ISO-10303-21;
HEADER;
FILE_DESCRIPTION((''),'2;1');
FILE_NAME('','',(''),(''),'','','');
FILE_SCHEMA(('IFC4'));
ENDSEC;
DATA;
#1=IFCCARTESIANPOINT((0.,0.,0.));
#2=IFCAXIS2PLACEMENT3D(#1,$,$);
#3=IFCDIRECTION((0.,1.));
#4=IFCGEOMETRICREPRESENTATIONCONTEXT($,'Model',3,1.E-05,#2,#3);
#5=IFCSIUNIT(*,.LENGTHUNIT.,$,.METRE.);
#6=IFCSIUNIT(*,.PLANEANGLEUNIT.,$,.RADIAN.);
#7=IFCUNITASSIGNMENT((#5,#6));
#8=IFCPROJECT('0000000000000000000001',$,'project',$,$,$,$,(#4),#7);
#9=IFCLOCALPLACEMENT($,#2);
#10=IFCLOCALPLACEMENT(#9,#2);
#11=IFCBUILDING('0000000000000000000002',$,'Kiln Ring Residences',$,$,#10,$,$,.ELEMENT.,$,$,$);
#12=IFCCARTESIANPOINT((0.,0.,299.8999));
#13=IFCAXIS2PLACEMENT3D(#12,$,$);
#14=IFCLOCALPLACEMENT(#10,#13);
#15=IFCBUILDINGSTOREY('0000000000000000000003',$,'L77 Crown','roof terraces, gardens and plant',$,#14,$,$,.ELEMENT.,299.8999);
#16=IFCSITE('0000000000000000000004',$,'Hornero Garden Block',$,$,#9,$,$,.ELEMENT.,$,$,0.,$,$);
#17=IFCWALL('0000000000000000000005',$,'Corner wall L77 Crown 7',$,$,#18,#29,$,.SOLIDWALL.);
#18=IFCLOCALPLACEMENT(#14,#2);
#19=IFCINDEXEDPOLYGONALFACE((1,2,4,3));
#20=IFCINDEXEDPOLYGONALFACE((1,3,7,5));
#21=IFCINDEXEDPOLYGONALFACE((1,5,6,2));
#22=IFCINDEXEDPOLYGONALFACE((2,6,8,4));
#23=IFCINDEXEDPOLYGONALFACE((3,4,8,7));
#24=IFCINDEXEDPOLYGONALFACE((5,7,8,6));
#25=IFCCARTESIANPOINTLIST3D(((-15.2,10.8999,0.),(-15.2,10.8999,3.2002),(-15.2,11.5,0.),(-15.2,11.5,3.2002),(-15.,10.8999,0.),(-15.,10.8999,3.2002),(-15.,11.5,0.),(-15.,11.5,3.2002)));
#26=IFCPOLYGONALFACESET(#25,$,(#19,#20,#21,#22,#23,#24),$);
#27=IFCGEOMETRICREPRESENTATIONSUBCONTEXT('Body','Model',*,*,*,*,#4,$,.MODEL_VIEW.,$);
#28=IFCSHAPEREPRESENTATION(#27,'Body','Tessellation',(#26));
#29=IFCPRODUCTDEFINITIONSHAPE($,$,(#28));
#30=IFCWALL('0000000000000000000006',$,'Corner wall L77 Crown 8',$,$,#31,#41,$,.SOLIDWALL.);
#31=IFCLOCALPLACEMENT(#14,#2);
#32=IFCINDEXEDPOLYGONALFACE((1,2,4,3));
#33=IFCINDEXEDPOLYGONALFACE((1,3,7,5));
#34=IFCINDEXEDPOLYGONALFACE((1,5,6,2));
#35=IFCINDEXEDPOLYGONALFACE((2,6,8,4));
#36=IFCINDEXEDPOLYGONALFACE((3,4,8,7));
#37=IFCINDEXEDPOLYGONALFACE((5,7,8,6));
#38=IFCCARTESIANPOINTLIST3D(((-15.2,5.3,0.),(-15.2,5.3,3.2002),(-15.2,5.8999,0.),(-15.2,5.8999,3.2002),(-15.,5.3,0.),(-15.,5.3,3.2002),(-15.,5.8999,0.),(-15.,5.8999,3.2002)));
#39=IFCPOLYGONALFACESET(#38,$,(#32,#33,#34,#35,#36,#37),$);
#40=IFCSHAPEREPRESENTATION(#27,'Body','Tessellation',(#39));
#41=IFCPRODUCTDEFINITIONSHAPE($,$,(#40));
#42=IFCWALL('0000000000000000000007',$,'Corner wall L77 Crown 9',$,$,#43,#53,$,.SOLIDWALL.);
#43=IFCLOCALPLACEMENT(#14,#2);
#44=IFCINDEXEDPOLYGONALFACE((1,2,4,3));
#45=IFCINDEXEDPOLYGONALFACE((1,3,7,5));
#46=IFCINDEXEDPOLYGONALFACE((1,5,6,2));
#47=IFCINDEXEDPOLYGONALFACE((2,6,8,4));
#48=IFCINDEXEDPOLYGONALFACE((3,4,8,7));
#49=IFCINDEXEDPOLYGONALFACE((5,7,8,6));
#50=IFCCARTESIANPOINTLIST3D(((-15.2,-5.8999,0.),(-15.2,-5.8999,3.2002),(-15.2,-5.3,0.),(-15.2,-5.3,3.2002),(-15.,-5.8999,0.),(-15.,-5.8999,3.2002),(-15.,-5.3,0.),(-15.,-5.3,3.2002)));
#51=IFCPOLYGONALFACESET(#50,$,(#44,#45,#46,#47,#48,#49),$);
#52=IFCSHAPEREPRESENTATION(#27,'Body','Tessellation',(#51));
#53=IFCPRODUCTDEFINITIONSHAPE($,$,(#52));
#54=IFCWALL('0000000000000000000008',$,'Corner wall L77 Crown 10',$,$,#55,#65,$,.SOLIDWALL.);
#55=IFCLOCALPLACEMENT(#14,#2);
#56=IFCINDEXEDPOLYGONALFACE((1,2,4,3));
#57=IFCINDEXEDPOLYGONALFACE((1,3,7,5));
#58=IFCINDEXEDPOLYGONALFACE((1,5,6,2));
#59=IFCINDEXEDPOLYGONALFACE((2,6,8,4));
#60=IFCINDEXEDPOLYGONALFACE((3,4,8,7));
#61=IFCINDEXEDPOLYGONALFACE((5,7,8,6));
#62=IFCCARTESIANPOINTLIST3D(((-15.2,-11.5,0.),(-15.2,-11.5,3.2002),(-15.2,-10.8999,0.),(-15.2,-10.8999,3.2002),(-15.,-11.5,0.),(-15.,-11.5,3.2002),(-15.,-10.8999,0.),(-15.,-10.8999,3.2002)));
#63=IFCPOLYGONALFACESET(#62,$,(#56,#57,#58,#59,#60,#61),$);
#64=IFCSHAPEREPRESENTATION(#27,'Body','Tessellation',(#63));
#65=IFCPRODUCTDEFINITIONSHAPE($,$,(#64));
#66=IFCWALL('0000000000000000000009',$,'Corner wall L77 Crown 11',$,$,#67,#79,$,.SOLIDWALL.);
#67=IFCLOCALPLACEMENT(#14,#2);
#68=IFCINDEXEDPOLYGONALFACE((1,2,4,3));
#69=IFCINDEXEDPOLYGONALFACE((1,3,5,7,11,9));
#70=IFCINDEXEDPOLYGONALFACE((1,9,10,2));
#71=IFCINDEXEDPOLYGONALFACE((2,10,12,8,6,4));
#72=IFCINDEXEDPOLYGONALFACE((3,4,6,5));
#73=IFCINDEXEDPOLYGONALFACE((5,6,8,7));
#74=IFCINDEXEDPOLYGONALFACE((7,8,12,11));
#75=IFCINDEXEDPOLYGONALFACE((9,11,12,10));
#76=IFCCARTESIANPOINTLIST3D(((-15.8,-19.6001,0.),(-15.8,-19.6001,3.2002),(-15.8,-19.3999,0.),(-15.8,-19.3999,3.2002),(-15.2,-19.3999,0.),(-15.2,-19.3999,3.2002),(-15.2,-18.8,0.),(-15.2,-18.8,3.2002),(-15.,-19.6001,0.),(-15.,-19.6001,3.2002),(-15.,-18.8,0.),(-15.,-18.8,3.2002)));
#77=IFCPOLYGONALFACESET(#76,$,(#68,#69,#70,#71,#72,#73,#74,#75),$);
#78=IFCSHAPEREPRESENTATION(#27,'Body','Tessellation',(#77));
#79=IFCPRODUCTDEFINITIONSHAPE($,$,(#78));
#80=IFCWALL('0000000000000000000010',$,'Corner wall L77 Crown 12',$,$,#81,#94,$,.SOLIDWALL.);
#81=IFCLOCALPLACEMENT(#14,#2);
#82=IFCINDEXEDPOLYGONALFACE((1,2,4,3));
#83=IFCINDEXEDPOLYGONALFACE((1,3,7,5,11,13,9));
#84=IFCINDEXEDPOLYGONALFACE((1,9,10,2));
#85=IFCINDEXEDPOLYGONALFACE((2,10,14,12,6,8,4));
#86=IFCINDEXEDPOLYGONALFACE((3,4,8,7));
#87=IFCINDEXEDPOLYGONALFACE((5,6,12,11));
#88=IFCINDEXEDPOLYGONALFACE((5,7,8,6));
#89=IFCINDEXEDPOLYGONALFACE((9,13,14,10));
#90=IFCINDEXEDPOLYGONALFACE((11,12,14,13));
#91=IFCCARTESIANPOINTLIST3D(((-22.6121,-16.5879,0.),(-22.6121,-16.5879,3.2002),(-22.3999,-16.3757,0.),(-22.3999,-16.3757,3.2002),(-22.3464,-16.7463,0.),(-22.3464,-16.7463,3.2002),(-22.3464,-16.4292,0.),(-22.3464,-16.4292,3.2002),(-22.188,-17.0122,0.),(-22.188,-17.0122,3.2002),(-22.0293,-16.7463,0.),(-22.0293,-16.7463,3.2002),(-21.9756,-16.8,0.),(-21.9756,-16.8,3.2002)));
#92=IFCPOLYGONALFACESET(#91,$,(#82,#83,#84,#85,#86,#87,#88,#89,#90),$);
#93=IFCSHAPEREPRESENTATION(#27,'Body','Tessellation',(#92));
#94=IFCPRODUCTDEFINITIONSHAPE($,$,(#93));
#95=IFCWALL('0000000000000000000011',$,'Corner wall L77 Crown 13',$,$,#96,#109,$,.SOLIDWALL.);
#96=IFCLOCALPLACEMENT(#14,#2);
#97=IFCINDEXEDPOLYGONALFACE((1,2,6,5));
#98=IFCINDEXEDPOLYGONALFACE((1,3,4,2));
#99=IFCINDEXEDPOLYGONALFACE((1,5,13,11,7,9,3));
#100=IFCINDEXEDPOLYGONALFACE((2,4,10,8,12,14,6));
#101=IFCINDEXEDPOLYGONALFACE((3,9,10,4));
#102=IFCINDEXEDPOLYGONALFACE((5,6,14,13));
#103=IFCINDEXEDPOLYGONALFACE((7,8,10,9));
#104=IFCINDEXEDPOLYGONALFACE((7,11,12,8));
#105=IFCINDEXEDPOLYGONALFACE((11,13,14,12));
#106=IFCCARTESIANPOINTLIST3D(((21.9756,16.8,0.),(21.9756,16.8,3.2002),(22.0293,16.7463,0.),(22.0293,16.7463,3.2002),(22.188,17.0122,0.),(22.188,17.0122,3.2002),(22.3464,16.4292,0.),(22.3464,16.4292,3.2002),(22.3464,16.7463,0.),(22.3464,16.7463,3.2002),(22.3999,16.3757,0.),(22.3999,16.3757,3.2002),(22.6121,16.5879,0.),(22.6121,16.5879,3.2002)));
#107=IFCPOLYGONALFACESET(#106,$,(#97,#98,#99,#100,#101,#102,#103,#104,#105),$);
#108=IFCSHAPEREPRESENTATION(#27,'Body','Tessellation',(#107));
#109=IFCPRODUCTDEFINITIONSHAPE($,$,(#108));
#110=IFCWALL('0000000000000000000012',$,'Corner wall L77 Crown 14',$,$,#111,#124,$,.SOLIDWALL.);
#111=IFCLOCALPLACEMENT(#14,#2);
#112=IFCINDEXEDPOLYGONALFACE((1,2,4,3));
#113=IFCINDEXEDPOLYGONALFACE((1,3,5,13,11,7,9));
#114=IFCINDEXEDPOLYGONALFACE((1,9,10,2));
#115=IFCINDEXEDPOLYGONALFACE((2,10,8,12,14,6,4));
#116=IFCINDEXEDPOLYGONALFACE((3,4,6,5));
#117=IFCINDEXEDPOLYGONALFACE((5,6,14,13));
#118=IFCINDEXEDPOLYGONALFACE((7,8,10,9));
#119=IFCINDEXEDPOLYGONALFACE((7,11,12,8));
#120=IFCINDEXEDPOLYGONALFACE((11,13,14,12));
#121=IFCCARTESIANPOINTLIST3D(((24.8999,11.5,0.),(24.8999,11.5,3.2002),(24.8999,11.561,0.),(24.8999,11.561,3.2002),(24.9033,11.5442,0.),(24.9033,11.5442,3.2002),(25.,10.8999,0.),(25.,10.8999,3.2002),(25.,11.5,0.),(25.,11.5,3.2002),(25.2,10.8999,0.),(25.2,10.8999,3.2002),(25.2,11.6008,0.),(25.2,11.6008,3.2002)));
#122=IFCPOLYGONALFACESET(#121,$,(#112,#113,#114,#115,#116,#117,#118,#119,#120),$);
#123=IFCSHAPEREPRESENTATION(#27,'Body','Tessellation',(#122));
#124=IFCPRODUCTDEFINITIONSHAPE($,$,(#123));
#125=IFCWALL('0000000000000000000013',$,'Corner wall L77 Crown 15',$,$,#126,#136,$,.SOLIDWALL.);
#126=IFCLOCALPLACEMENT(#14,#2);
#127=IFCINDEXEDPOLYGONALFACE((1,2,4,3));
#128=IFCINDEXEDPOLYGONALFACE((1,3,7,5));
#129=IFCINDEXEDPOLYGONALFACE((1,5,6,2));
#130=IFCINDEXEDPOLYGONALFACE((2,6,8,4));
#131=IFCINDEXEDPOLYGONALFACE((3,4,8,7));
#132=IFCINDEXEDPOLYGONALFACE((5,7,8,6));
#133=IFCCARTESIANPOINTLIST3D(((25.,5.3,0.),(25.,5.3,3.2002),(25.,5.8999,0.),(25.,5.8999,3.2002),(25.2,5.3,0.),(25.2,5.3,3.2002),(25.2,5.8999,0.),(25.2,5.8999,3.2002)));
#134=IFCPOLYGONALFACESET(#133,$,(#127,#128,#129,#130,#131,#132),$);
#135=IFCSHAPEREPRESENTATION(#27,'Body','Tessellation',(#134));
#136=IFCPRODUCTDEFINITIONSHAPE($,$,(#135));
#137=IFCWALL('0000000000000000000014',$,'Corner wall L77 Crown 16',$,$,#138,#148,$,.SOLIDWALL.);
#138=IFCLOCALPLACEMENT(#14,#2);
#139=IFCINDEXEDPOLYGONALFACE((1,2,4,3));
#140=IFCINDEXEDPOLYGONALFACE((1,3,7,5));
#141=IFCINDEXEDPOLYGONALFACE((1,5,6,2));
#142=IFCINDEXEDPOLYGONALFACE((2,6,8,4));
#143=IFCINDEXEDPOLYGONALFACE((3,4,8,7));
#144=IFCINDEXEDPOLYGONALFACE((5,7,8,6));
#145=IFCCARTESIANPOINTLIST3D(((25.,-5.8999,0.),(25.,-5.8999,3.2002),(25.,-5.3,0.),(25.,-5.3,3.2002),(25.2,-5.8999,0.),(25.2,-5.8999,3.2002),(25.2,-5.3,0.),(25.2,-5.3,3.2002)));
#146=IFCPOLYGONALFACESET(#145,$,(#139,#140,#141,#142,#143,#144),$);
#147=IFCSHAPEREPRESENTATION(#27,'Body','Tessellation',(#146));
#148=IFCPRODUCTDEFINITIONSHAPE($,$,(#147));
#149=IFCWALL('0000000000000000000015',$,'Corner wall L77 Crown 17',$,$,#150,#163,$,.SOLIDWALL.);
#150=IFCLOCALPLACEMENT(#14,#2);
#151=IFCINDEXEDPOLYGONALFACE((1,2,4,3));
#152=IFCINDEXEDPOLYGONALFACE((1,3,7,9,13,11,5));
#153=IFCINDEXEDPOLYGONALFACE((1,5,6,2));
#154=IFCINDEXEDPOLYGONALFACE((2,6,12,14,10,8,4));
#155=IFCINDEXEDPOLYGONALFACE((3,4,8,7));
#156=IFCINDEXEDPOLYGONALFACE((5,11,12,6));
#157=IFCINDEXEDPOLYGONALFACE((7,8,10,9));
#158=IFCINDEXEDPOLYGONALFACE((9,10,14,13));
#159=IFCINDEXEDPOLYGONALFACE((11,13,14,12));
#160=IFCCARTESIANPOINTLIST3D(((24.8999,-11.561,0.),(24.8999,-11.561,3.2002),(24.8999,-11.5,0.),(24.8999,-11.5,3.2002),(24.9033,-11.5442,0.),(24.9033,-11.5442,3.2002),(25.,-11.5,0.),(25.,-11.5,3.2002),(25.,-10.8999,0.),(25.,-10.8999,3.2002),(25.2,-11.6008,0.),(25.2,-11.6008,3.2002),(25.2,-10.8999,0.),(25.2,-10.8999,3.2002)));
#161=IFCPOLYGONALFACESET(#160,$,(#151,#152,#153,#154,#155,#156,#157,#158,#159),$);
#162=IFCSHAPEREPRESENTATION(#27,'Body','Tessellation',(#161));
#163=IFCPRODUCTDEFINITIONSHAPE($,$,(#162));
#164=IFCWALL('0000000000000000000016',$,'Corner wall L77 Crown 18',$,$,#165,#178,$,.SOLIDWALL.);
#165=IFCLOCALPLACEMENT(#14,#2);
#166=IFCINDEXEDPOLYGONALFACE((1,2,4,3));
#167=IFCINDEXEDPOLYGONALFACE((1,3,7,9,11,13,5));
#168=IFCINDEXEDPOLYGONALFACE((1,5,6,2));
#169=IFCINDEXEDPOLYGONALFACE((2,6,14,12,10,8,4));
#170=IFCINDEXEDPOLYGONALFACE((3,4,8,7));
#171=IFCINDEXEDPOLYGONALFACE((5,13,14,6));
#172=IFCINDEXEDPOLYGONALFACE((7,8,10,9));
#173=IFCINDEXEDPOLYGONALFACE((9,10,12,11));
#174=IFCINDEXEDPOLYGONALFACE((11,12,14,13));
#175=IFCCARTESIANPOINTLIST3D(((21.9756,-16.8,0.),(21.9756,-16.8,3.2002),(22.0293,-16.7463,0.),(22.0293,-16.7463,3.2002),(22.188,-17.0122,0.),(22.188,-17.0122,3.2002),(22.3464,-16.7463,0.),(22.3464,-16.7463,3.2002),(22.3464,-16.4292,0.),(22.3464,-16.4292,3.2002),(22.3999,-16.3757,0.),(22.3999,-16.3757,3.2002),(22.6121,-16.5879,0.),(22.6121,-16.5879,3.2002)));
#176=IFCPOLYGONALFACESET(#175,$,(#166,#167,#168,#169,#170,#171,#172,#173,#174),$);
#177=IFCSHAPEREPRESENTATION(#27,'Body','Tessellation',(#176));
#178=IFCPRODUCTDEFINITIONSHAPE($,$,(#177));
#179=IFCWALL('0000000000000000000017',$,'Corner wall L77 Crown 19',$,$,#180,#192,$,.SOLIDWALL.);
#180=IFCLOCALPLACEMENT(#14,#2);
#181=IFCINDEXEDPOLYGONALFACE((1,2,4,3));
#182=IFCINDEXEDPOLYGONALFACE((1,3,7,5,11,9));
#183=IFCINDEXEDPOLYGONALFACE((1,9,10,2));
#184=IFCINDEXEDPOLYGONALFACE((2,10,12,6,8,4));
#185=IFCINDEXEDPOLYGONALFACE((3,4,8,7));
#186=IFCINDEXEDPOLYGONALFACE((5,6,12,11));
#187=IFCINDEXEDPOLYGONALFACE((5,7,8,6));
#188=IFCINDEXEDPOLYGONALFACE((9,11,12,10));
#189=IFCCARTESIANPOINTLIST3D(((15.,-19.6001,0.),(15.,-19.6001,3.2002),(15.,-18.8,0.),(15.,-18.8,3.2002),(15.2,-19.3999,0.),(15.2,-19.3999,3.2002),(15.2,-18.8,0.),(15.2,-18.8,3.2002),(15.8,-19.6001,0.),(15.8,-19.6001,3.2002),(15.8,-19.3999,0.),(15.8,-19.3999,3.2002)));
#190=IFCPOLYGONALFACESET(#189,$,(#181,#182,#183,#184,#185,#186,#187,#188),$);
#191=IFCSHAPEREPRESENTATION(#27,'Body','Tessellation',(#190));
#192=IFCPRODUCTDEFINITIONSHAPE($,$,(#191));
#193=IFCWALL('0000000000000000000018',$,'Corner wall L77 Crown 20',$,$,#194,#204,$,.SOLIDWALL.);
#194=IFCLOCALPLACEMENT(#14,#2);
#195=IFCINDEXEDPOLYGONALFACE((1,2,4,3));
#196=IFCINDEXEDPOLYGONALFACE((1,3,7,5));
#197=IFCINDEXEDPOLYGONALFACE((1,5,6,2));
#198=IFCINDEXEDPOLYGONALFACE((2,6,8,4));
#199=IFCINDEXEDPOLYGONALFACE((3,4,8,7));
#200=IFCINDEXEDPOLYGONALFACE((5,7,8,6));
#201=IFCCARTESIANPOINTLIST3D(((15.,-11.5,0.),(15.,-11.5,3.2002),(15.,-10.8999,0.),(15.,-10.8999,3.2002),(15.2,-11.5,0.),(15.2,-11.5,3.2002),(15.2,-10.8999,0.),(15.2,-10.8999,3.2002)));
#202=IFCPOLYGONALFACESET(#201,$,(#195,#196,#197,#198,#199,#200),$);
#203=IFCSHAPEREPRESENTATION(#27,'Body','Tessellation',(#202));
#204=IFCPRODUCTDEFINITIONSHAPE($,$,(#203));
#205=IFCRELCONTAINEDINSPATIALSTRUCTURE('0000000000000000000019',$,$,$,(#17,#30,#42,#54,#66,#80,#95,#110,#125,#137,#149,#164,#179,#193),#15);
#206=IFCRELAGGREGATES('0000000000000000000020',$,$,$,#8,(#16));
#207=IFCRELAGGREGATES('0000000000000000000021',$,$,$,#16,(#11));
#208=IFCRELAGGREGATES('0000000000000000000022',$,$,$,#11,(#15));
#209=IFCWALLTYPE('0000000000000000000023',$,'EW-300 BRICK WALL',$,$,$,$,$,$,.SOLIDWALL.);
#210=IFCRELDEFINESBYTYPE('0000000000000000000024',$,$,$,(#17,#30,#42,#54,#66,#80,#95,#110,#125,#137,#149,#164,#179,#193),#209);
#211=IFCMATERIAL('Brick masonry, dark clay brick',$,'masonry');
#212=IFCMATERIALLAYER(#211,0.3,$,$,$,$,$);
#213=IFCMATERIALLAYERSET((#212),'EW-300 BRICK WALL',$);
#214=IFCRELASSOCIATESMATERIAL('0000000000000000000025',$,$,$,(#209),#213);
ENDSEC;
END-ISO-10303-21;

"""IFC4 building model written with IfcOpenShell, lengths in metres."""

from ifc_helpers import new_model, si_unit, direction, frame, origin, place, context, subcontext, project, spatial, polyline, outline, extrude, material, layer, layer_set, type_object, element, save


model = new_model("IFC4")

# Units and contexts
model_context = context("Model", 3, precision=1e-05, world=origin(), true_north=direction((0.0, 1.0)))
body_context = subcontext(model_context, "Body", "Model", "MODEL_VIEW")
ifc_project = project(units=[si_unit("LENGTHUNIT", "METRE"), si_unit("PLANEANGLEUNIT", "RADIAN")], contexts=[model_context])

# Site, building, storey
site_placement = place(None, origin())
site = spatial("IfcSite", under=ifc_project, at=site_placement, Name="Hornero Garden Block", CompositionType="ELEMENT", RefElevation=0.0)
building_placement = place(site_placement, origin())
building = spatial("IfcBuilding", under=site, at=building_placement, Name="Kiln Ring Residences", CompositionType="ELEMENT")
storey_placement = place(building_placement, frame((0.0, 0.0, 299.8999)))
storey = spatial("IfcBuildingStorey", under=building, at=storey_placement, Name="L77 Crown", Description="roof terraces, gardens and plant", CompositionType="ELEMENT", Elevation=299.8999)

# Walls
ifc_material = material(Name="Brick masonry, dark clay brick", Category="masonry")
ifc_layer = layer(ifc_material, 0.3)
ifc_layer_set = layer_set([ifc_layer], Name="EW-300 BRICK WALL")
wall_type = type_object("IfcWallType", Name="EW-300 BRICK WALL", PredefinedType="SOLIDWALL", material=ifc_layer_set)
placement = place(storey_placement, origin())
element("IfcWall", 1, at=placement, inside=storey, type_object=wall_type, Name="Corner wall L77 Crown 7", PredefinedType="SOLIDWALL", context=body_context, shape_type="SweptSolid", body=[
    extrude(outline(polyline([(-15.2, 11.5), (-15.2, 10.8999), (-15.0, 10.8999), (-15.0, 11.5), (-15.2, 11.5)])), origin(), (0.0, 0.0, 1.0), 3.2002),
])
element("IfcWall", 2, at=placement, inside=storey, type_object=wall_type, Name="Corner wall L77 Crown 8", PredefinedType="SOLIDWALL", context=body_context, shape_type="SweptSolid", body=[
    extrude(outline(polyline([(-15.2, 5.3), (-15.0, 5.3), (-15.0, 5.8999), (-15.3, 5.8999), (-15.2, 5.8999), (-15.2, 5.3)])), origin(), (0.0, 0.0, 1.0), 3.2002),
])
element("IfcWall", 3, at=placement, inside=storey, type_object=wall_type, Name="Corner wall L77 Crown 9", PredefinedType="SOLIDWALL", context=body_context, shape_type="SweptSolid", body=[
    extrude(outline(polyline([(-15.3, -5.8999), (-15.0, -5.8999), (-15.0, -5.3), (-15.3, -5.3), (-15.2, -5.3), (-15.2, -5.8999), (-15.3, -5.8999)])), origin(), (0.0, 0.0, 1.0), 3.2002),
])
element("IfcWall", 4, at=placement, inside=storey, type_object=wall_type, Name="Corner wall L77 Crown 10", PredefinedType="SOLIDWALL", context=body_context, shape_type="SweptSolid", body=[
    extrude(outline(polyline([(-15.2, -11.5), (-15.0, -11.5), (-15.0, -10.8999), (-15.2, -10.8999), (-15.2, -11.5)])), origin(), (0.0, 0.0, 1.0), 3.2002),
])
element("IfcWall", 5, at=placement, inside=storey, type_object=wall_type, Name="Corner wall L77 Crown 11", PredefinedType="SOLIDWALL", context=body_context, shape_type="SweptSolid", body=[
    extrude(outline(polyline([(-15.8, -19.6001), (-15.0, -19.6001), (-15.0, -18.8), (-15.2, -18.8), (-15.2, -19.3999), (-15.8, -19.3999), (-15.8, -19.6001)])), origin(), (0.0, 0.0, 1.0), 3.2002),
])
element("IfcWall", 6, at=placement, inside=storey, type_object=wall_type, Name="Corner wall L77 Crown 12", PredefinedType="SOLIDWALL", context=body_context, shape_type="SweptSolid", body=[
    extrude(outline(polyline([(-22.3999, -16.3757), (-22.6121, -16.5879), (-22.188, -17.0122), (-21.9756, -16.8), (-22.0293, -16.7463), (-22.3464, -16.7463), (-22.3464, -16.4292), (-22.3999, -16.3757)])), origin(), (0.0, 0.0, 1.0), 3.2002),
])
element("IfcWall", 7, at=placement, inside=storey, type_object=wall_type, Name="Corner wall L77 Crown 13", PredefinedType="SOLIDWALL", context=body_context, shape_type="SweptSolid", body=[
    extrude(outline(polyline([(22.3999, 16.3757), (22.6121, 16.5879), (22.188, 17.0122), (21.9756, 16.8), (22.0293, 16.7463), (22.3464, 16.7463), (22.3464, 16.4292), (22.3999, 16.3757)])), origin(), (0.0, 0.0, 1.0), 3.2002),
])
element("IfcWall", 8, at=placement, inside=storey, type_object=wall_type, Name="Corner wall L77 Crown 14", PredefinedType="SOLIDWALL", context=body_context, shape_type="SweptSolid", body=[
    extrude(outline(polyline([(25.2, 10.8999), (25.2, 11.6008), (24.9033, 11.5442), (24.8999, 11.561), (24.8999, 11.5), (25.0, 11.5), (25.0, 10.8999), (25.2, 10.8999)])), origin(), (0.0, 0.0, 1.0), 3.2002),
])
element("IfcWall", 9, at=placement, inside=storey, type_object=wall_type, Name="Corner wall L77 Crown 15", PredefinedType="SOLIDWALL", context=body_context, shape_type="SweptSolid", body=[
    extrude(outline(polyline([(25.0, 5.3), (25.2, 5.3), (25.2, 5.8999), (24.8999, 5.8999), (25.0, 5.8999), (25.0, 5.3)])), origin(), (0.0, 0.0, 1.0), 3.2002),
])
element("IfcWall", 10, at=placement, inside=storey, type_object=wall_type, Name="Corner wall L77 Crown 16", PredefinedType="SOLIDWALL", context=body_context, shape_type="SweptSolid", body=[
    extrude(outline(polyline([(25.0, -5.8999), (25.2, -5.8999), (25.2, -5.3), (25.0, -5.3), (25.0, -5.8999)])), origin(), (0.0, 0.0, 1.0), 3.2002),
])
element("IfcWall", 11, at=placement, inside=storey, type_object=wall_type, Name="Corner wall L77 Crown 17", PredefinedType="SOLIDWALL", context=body_context, shape_type="SweptSolid", body=[
    extrude(outline(polyline([(25.2, -11.6008), (25.2, -10.8999), (25.0, -10.8999), (25.0, -11.5), (24.8999, -11.5), (24.8999, -11.561), (24.9033, -11.5442), (25.2, -11.6008)])), origin(), (0.0, 0.0, 1.0), 3.2002),
])
element("IfcWall", 12, at=placement, inside=storey, type_object=wall_type, Name="Corner wall L77 Crown 18", PredefinedType="SOLIDWALL", context=body_context, shape_type="SweptSolid", body=[
    extrude(outline(polyline([(21.9756, -16.8), (22.188, -17.0122), (22.6121, -16.5879), (22.3999, -16.3757), (22.3464, -16.4292), (22.3464, -16.7463), (22.0293, -16.7463), (21.9756, -16.8)])), origin(), (0.0, 0.0, 1.0), 3.2002),
])
element("IfcWall", 13, at=placement, inside=storey, type_object=wall_type, Name="Corner wall L77 Crown 19", PredefinedType="SOLIDWALL", context=body_context, shape_type="SweptSolid", body=[
    extrude(outline(polyline([(15.0, -18.8), (15.0, -19.6001), (15.8, -19.6001), (15.8, -19.3999), (15.2, -19.3999), (15.2, -18.8), (15.0, -18.8)])), origin(), (0.0, 0.0, 1.0), 3.2002),
])
element("IfcWall", 14, at=placement, inside=storey, type_object=wall_type, Name="Corner wall L77 Crown 20", PredefinedType="SOLIDWALL", context=body_context, shape_type="SweptSolid", body=[
    extrude(outline(polyline([(15.2, -10.8999), (15.0, -10.8999), (15.0, -11.5), (15.2, -11.5), (15.2, -10.8999)])), origin(), (0.0, 0.0, 1.0), 3.2002),
])

save(model, "model.ifc")
